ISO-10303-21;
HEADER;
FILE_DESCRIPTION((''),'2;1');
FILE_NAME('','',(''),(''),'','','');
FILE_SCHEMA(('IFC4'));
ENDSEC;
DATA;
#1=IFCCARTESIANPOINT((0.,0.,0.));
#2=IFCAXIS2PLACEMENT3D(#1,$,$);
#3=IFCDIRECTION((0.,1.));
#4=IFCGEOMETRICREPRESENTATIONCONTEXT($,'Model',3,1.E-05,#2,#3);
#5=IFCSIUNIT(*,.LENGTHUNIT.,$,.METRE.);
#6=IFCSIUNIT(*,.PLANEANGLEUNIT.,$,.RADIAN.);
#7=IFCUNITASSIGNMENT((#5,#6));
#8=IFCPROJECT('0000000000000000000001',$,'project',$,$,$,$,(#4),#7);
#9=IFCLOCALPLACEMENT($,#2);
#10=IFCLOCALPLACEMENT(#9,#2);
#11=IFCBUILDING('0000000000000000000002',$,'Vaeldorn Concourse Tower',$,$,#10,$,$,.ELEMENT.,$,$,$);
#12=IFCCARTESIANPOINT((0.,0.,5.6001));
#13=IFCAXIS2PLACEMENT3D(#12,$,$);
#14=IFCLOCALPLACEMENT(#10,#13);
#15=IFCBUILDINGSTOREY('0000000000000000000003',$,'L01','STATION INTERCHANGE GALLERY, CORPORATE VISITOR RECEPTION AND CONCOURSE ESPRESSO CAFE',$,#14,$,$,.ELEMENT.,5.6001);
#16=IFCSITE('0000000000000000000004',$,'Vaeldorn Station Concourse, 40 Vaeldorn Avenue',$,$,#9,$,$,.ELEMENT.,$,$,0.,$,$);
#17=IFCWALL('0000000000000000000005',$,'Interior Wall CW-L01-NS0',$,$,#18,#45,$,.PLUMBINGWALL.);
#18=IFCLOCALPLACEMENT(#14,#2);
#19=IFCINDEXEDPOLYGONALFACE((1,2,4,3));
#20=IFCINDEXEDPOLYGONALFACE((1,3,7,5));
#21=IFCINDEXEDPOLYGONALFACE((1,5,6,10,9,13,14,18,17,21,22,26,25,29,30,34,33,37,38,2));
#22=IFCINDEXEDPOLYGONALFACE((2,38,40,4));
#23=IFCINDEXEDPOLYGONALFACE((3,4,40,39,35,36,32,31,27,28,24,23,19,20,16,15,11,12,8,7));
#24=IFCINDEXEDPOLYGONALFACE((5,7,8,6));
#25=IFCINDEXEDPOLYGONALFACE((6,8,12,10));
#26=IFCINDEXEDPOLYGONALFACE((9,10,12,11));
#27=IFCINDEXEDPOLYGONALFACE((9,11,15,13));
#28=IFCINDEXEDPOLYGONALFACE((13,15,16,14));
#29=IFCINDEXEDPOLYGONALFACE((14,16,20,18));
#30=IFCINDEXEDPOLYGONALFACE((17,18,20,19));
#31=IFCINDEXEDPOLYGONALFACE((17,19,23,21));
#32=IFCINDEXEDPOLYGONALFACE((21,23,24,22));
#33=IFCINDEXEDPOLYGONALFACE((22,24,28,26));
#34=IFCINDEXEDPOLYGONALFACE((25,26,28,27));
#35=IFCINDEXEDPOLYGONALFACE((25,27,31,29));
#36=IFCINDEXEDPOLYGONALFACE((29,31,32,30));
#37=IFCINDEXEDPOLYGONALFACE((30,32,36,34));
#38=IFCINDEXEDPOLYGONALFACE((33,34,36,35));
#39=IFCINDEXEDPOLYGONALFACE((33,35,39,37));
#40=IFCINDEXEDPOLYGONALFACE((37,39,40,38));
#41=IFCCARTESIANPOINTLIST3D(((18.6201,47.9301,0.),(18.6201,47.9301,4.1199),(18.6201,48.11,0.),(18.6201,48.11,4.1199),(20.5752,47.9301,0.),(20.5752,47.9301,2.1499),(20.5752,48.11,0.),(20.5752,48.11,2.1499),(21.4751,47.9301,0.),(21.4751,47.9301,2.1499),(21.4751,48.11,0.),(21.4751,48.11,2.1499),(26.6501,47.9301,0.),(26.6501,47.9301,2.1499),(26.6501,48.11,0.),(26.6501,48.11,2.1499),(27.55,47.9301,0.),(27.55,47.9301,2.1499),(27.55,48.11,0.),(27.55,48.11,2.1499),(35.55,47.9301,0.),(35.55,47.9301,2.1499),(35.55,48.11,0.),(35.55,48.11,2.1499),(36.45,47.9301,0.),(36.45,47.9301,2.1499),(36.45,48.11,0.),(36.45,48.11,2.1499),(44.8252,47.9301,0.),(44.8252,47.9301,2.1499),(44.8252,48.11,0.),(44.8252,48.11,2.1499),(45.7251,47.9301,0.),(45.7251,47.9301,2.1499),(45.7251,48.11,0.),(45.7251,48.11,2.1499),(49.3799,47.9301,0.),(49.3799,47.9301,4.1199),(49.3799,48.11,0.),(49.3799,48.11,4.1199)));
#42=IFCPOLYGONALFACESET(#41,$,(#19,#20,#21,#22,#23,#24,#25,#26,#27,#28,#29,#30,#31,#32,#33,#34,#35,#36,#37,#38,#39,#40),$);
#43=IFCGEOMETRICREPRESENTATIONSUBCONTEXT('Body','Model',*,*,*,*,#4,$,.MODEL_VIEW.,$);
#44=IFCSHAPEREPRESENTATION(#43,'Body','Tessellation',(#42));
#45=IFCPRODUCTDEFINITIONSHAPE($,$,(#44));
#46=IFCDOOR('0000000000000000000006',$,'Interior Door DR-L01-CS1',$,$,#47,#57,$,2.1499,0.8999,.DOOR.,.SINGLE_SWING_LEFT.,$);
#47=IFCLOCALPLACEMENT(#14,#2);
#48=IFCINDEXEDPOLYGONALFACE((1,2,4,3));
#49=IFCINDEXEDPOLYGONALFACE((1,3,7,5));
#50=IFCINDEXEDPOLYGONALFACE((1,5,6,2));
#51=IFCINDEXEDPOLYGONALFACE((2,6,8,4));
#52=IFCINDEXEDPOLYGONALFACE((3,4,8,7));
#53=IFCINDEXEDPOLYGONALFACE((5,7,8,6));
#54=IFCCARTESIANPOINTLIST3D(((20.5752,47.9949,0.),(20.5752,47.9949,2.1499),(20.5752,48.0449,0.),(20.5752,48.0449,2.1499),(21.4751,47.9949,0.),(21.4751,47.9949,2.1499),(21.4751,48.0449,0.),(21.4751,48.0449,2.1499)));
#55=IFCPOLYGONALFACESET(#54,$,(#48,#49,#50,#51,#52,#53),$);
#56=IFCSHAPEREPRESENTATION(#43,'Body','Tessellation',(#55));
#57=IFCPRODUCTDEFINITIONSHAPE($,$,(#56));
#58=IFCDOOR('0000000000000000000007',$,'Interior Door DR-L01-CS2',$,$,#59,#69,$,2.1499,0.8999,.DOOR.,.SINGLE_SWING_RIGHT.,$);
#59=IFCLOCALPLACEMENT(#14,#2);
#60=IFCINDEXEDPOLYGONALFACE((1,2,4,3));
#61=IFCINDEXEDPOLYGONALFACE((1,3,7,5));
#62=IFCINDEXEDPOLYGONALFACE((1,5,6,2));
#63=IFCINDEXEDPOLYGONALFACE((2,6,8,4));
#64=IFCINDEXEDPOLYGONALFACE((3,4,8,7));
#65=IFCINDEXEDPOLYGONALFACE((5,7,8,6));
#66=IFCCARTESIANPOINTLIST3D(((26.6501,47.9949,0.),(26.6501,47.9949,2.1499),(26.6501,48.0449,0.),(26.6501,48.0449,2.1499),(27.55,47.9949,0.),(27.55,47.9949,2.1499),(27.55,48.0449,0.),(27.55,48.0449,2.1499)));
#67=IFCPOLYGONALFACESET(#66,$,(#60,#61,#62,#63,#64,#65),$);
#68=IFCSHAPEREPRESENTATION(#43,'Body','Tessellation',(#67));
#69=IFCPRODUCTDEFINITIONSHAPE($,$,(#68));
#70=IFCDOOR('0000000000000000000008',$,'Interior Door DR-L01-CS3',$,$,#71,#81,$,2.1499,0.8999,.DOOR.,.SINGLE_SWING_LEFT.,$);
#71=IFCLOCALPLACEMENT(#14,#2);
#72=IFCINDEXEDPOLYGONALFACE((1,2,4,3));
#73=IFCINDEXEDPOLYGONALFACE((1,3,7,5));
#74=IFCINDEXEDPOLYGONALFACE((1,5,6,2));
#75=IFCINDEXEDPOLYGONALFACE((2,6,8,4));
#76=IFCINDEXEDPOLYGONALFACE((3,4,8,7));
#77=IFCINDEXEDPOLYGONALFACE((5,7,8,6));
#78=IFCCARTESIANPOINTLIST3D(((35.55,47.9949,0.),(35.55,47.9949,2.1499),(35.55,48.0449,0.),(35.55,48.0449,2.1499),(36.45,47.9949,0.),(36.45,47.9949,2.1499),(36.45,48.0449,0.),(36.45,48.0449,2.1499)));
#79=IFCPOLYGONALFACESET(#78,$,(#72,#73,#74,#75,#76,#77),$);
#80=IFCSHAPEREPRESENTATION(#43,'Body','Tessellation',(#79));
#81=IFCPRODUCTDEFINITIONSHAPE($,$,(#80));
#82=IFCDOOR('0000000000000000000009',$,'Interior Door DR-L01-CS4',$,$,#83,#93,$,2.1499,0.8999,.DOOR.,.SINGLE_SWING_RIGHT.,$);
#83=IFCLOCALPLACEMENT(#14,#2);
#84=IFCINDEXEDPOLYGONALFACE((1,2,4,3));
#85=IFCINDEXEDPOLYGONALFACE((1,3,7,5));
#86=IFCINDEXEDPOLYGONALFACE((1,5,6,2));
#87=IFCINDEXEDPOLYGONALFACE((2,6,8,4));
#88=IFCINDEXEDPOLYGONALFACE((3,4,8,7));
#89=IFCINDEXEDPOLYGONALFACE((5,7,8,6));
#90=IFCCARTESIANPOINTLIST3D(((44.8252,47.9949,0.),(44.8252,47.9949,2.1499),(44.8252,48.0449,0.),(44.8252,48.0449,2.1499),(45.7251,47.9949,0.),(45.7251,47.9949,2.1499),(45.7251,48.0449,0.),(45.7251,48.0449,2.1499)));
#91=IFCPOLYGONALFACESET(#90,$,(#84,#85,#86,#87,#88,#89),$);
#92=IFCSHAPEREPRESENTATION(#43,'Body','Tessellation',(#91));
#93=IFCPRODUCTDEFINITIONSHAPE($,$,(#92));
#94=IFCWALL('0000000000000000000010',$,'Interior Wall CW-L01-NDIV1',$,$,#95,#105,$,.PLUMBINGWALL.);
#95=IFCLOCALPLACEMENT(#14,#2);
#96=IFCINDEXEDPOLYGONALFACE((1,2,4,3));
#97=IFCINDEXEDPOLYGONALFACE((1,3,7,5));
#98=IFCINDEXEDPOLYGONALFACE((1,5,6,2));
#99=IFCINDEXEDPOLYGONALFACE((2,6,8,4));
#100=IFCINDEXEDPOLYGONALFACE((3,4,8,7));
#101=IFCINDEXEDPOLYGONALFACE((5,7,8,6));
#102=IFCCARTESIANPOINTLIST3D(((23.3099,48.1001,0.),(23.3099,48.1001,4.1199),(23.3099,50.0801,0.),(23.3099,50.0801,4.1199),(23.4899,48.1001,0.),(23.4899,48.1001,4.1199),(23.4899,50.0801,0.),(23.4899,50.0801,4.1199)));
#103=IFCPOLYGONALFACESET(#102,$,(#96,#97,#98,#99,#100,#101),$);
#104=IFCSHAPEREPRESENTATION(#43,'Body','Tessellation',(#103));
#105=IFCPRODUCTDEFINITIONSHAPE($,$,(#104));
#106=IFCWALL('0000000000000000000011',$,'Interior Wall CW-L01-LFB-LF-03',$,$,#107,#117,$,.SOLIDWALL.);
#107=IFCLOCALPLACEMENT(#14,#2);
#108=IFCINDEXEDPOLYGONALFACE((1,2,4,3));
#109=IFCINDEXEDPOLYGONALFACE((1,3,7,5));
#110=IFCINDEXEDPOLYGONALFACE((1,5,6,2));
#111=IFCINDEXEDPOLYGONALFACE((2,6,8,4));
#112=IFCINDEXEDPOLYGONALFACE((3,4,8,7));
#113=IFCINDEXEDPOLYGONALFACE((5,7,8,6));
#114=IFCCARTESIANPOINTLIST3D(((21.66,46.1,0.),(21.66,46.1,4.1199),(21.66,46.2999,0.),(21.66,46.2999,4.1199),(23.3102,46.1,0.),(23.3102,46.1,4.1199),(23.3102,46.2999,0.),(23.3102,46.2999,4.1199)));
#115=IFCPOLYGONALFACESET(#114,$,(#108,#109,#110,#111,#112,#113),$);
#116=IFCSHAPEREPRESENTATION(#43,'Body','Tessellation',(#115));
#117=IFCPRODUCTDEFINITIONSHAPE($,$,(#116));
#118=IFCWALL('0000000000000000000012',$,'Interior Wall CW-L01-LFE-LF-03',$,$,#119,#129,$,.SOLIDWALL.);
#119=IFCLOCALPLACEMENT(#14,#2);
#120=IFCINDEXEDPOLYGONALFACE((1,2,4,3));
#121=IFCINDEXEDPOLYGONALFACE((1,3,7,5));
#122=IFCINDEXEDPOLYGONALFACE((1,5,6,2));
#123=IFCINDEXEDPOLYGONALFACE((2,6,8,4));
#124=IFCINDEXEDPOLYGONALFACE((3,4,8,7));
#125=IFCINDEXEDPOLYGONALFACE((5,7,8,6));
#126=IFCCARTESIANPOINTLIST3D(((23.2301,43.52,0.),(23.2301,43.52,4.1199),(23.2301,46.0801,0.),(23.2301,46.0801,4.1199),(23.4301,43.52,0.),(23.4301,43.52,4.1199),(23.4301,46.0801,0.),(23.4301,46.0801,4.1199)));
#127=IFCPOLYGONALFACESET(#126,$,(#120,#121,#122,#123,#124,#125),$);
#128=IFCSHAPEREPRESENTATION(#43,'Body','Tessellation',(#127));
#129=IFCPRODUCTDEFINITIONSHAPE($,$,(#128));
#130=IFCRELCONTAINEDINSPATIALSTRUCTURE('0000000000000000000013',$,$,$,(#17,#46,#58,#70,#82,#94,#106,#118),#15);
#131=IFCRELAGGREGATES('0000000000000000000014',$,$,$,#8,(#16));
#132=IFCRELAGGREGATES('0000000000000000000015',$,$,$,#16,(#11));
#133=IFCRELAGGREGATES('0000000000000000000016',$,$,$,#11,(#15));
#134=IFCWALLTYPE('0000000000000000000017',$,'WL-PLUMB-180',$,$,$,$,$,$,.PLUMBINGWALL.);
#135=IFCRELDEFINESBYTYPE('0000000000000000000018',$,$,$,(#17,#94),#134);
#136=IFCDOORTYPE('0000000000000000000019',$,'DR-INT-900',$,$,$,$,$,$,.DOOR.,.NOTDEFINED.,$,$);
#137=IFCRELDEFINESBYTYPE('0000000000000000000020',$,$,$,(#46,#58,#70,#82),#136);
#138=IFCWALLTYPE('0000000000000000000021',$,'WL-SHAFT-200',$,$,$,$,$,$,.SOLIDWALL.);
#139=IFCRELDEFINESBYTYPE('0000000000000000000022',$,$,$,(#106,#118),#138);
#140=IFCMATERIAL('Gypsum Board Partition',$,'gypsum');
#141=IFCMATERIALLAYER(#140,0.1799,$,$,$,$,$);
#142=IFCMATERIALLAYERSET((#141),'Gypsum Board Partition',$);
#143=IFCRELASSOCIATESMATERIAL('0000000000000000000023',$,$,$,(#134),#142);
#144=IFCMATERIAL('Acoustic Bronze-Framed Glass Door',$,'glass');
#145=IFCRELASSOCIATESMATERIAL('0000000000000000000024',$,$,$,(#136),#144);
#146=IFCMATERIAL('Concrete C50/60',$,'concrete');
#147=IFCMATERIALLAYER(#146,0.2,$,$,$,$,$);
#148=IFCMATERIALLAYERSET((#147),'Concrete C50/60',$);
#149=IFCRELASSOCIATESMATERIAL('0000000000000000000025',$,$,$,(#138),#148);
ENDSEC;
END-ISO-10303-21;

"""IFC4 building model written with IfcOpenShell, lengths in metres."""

from ifc_helpers import new_model, si_unit, direction, frame, frame_2d, origin, place, context, subcontext, project, spatial, rectangle, extrude, source, transform, mapped, material, layer, layer_set, type_object, element, fill, save


model = new_model("IFC4")

# Units and contexts
model_context = context("Model", 3, precision=1e-05, world=origin(), true_north=direction((0.0, 1.0)))
body_context = subcontext(model_context, "Body", "Model", "MODEL_VIEW")
ifc_project = project(units=[si_unit("LENGTHUNIT", "METRE"), si_unit("PLANEANGLEUNIT", "RADIAN")], contexts=[model_context])

# Site, building, storey
site_placement = place(None, origin())
site = spatial("IfcSite", under=ifc_project, at=site_placement, Name="Vaeldorn Station Concourse, 40 Vaeldorn Avenue", CompositionType="ELEMENT", RefElevation=0.0)
building_placement = place(site_placement, origin())
building = spatial("IfcBuilding", under=site, at=building_placement, Name="Vaeldorn Concourse Tower", CompositionType="ELEMENT")
storey_placement = place(building_placement, frame((0.0, 0.0, 5.6001)))
storey = spatial("IfcBuildingStorey", under=building, at=storey_placement, Name="L01", Description="STATION INTERCHANGE GALLERY, CORPORATE VISITOR RECEPTION AND CONCOURSE ESPRESSO CAFE", CompositionType="ELEMENT", Elevation=5.6001)

# Wall, openings, doors
ifc_material_1 = material(Name="Gypsum Board Partition", Category="gypsum")
ifc_layer_1 = layer(ifc_material_1, 0.1799)
ifc_layer_set_1 = layer_set([ifc_layer_1], Name="Gypsum Board Partition")
wall_type_1 = type_object("IfcWallType", Name="WL-PLUMB-180", PredefinedType="PLUMBINGWALL", material=ifc_layer_set_1)
wall_1_placement = place(storey_placement, frame((18.6201, 48.02, 0.0), z_axis=(0.0, 0.0, 1.0), x_axis=(1.0, 0.0, 0.0)))
wall_1 = element("IfcWall", 1, at=wall_1_placement, inside=storey, type_object=wall_type_1, Name="Interior Wall CW-L01-NS0", PredefinedType="PLUMBINGWALL", context=body_context, shape_type="SweptSolid", body=[
    extrude(rectangle(XDim=30.7598, YDim=0.1799, at=frame_2d((15.3799, 0.0))), origin(), (0.0, 0.0, 1.0), 4.1199),
])
opening_1_placement = place(wall_1_placement, frame((1.9551, 0.0, 0.0)))
opening_1 = element("IfcOpeningElement", 2, at=opening_1_placement, cuts=wall_1, PredefinedType="OPENING", context=body_context, shape_type="SweptSolid", body=[
    extrude(rectangle(XDim=0.8999, YDim=2.1499, at=frame_2d((0.45, 1.075))), frame((0.0, 0.1001, 0.0), z_axis=(0.0, -1.0, 0.0), x_axis=(1.0, 0.0, 0.0)), (0.0, 0.0, 1.0), 0.2),
])
opening_2_placement = place(wall_1_placement, frame((8.03, 0.0, 0.0)))
opening_2 = element("IfcOpeningElement", 3, at=opening_2_placement, cuts=wall_1, PredefinedType="OPENING", context=body_context, shape_type="SweptSolid", body=[
    extrude(rectangle(XDim=0.8999, YDim=2.1499, at=frame_2d((0.45, 1.075))), frame((0.0, 0.1001, 0.0), z_axis=(0.0, -1.0, 0.0), x_axis=(1.0, 0.0, 0.0)), (0.0, 0.0, 1.0), 0.2),
])
opening_3_placement = place(wall_1_placement, frame((16.9299, 0.0, 0.0)))
opening_3 = element("IfcOpeningElement", 4, at=opening_3_placement, cuts=wall_1, PredefinedType="OPENING", context=body_context, shape_type="SweptSolid", body=[
    extrude(rectangle(XDim=0.8999, YDim=2.1499, at=frame_2d((0.45, 1.075))), frame((0.0, 0.1001, 0.0), z_axis=(0.0, -1.0, 0.0), x_axis=(1.0, 0.0, 0.0)), (0.0, 0.0, 1.0), 0.2),
])
opening_4_placement = place(wall_1_placement, frame((26.2051, 0.0, 0.0)))
opening_4 = element("IfcOpeningElement", 5, at=opening_4_placement, cuts=wall_1, PredefinedType="OPENING", context=body_context, shape_type="SweptSolid", body=[
    extrude(rectangle(XDim=0.8999, YDim=2.1499, at=frame_2d((0.45, 1.075))), frame((0.0, 0.1001, 0.0), z_axis=(0.0, -1.0, 0.0), x_axis=(1.0, 0.0, 0.0)), (0.0, 0.0, 1.0), 0.2),
])
ifc_material_2 = material(Name="Acoustic Bronze-Framed Glass Door", Category="glass")
door_type_1 = type_object("IfcDoorType", Name="DR-INT-900", OperationType="NOTDEFINED", PredefinedType="DOOR", material=ifc_material_2)
shared_shape_1 = source(origin(), body_context, "Body", "SweptSolid", [
    extrude(rectangle(XDim=0.8999, YDim=2.1499, at=frame_2d((0.45, 1.075))), frame((0.0, 0.0249, 0.0), z_axis=(0.0, -1.0, 0.0), x_axis=(1.0, 0.0, 0.0)), (0.0, 0.0, 1.0), 0.05),
])
door_1_placement = place(opening_1_placement, origin())
door_1 = element("IfcDoor", 6, at=door_1_placement, inside=storey, type_object=door_type_1, Name="Interior Door DR-L01-CS1", OperationType="SINGLE_SWING_LEFT", OverallHeight=2.1499, OverallWidth=0.8999, PredefinedType="DOOR", context=body_context, shape_type="MappedRepresentation", body=[
    mapped(shared_shape_1, transform((0.0, 0.0, 0.0), scale=1.0)),
])
fill(opening_1, door_1)
door_2_placement = place(opening_2_placement, origin())
door_2 = element("IfcDoor", 7, at=door_2_placement, inside=storey, type_object=door_type_1, Name="Interior Door DR-L01-CS2", OperationType="SINGLE_SWING_RIGHT", OverallHeight=2.1499, OverallWidth=0.8999, PredefinedType="DOOR", context=body_context, shape_type="MappedRepresentation", body=[
    mapped(shared_shape_1, transform((0.0, 0.0, 0.0), scale=1.0)),
])
fill(opening_2, door_2)
door_3_placement = place(opening_3_placement, origin())
door_3 = element("IfcDoor", 8, at=door_3_placement, inside=storey, type_object=door_type_1, Name="Interior Door DR-L01-CS3", OperationType="SINGLE_SWING_LEFT", OverallHeight=2.1499, OverallWidth=0.8999, PredefinedType="DOOR", context=body_context, shape_type="MappedRepresentation", body=[
    mapped(shared_shape_1, transform((0.0, 0.0, 0.0), scale=1.0)),
])
fill(opening_3, door_3)
door_4_placement = place(opening_4_placement, origin())
door_4 = element("IfcDoor", 9, at=door_4_placement, inside=storey, type_object=door_type_1, Name="Interior Door DR-L01-CS4", OperationType="SINGLE_SWING_RIGHT", OverallHeight=2.1499, OverallWidth=0.8999, PredefinedType="DOOR", context=body_context, shape_type="MappedRepresentation", body=[
    mapped(shared_shape_1, transform((0.0, 0.0, 0.0), scale=1.0)),
])
fill(opening_4, door_4)

# Walls
wall_2_placement = place(storey_placement, frame((23.3999, 48.1001, 0.0), z_axis=(0.0, 0.0, 1.0), x_axis=(0.0, 1.0, 0.0)))
element("IfcWall", 10, at=wall_2_placement, inside=storey, type_object=wall_type_1, Name="Interior Wall CW-L01-NDIV1", PredefinedType="PLUMBINGWALL", context=body_context, shape_type="SweptSolid", body=[
    extrude(rectangle(XDim=1.98, YDim=0.1799, at=frame_2d((0.99, 0.0))), origin(), (0.0, 0.0, 1.0), 4.1199),
])
ifc_material_3 = material(Name="Concrete C50/60", Category="concrete")
ifc_layer_2 = layer(ifc_material_3, 0.2)
ifc_layer_set_2 = layer_set([ifc_layer_2], Name="Concrete C50/60")
wall_type_2 = type_object("IfcWallType", Name="WL-SHAFT-200", PredefinedType="SOLIDWALL", material=ifc_layer_set_2)
wall_3_placement = place(storey_placement, frame((21.6599, 46.2, 0.0), z_axis=(0.0, 0.0, 1.0), x_axis=(1.0, 0.0, 0.0)))
element("IfcWall", 11, at=wall_3_placement, inside=storey, type_object=wall_type_2, Name="Interior Wall CW-L01-LFB-LF-03", PredefinedType="SOLIDWALL", context=body_context, shape_type="SweptSolid", body=[
    extrude(rectangle(XDim=1.6501, YDim=0.2, at=frame_2d((0.8252, 0.0))), origin(), (0.0, 0.0, 1.0), 4.1199),
])
wall_4_placement = place(storey_placement, frame((23.3301, 43.52, 0.0), z_axis=(0.0, 0.0, 1.0), x_axis=(0.0, 1.0, 0.0)))
element("IfcWall", 12, at=wall_4_placement, inside=storey, type_object=wall_type_2, Name="Interior Wall CW-L01-LFE-LF-03", PredefinedType="SOLIDWALL", context=body_context, shape_type="SweptSolid", body=[
    extrude(rectangle(XDim=2.5601, YDim=0.2, at=frame_2d((1.28, 0.0))), origin(), (0.0, 0.0, 1.0), 4.1199),
])

save(model, "model.ifc")
